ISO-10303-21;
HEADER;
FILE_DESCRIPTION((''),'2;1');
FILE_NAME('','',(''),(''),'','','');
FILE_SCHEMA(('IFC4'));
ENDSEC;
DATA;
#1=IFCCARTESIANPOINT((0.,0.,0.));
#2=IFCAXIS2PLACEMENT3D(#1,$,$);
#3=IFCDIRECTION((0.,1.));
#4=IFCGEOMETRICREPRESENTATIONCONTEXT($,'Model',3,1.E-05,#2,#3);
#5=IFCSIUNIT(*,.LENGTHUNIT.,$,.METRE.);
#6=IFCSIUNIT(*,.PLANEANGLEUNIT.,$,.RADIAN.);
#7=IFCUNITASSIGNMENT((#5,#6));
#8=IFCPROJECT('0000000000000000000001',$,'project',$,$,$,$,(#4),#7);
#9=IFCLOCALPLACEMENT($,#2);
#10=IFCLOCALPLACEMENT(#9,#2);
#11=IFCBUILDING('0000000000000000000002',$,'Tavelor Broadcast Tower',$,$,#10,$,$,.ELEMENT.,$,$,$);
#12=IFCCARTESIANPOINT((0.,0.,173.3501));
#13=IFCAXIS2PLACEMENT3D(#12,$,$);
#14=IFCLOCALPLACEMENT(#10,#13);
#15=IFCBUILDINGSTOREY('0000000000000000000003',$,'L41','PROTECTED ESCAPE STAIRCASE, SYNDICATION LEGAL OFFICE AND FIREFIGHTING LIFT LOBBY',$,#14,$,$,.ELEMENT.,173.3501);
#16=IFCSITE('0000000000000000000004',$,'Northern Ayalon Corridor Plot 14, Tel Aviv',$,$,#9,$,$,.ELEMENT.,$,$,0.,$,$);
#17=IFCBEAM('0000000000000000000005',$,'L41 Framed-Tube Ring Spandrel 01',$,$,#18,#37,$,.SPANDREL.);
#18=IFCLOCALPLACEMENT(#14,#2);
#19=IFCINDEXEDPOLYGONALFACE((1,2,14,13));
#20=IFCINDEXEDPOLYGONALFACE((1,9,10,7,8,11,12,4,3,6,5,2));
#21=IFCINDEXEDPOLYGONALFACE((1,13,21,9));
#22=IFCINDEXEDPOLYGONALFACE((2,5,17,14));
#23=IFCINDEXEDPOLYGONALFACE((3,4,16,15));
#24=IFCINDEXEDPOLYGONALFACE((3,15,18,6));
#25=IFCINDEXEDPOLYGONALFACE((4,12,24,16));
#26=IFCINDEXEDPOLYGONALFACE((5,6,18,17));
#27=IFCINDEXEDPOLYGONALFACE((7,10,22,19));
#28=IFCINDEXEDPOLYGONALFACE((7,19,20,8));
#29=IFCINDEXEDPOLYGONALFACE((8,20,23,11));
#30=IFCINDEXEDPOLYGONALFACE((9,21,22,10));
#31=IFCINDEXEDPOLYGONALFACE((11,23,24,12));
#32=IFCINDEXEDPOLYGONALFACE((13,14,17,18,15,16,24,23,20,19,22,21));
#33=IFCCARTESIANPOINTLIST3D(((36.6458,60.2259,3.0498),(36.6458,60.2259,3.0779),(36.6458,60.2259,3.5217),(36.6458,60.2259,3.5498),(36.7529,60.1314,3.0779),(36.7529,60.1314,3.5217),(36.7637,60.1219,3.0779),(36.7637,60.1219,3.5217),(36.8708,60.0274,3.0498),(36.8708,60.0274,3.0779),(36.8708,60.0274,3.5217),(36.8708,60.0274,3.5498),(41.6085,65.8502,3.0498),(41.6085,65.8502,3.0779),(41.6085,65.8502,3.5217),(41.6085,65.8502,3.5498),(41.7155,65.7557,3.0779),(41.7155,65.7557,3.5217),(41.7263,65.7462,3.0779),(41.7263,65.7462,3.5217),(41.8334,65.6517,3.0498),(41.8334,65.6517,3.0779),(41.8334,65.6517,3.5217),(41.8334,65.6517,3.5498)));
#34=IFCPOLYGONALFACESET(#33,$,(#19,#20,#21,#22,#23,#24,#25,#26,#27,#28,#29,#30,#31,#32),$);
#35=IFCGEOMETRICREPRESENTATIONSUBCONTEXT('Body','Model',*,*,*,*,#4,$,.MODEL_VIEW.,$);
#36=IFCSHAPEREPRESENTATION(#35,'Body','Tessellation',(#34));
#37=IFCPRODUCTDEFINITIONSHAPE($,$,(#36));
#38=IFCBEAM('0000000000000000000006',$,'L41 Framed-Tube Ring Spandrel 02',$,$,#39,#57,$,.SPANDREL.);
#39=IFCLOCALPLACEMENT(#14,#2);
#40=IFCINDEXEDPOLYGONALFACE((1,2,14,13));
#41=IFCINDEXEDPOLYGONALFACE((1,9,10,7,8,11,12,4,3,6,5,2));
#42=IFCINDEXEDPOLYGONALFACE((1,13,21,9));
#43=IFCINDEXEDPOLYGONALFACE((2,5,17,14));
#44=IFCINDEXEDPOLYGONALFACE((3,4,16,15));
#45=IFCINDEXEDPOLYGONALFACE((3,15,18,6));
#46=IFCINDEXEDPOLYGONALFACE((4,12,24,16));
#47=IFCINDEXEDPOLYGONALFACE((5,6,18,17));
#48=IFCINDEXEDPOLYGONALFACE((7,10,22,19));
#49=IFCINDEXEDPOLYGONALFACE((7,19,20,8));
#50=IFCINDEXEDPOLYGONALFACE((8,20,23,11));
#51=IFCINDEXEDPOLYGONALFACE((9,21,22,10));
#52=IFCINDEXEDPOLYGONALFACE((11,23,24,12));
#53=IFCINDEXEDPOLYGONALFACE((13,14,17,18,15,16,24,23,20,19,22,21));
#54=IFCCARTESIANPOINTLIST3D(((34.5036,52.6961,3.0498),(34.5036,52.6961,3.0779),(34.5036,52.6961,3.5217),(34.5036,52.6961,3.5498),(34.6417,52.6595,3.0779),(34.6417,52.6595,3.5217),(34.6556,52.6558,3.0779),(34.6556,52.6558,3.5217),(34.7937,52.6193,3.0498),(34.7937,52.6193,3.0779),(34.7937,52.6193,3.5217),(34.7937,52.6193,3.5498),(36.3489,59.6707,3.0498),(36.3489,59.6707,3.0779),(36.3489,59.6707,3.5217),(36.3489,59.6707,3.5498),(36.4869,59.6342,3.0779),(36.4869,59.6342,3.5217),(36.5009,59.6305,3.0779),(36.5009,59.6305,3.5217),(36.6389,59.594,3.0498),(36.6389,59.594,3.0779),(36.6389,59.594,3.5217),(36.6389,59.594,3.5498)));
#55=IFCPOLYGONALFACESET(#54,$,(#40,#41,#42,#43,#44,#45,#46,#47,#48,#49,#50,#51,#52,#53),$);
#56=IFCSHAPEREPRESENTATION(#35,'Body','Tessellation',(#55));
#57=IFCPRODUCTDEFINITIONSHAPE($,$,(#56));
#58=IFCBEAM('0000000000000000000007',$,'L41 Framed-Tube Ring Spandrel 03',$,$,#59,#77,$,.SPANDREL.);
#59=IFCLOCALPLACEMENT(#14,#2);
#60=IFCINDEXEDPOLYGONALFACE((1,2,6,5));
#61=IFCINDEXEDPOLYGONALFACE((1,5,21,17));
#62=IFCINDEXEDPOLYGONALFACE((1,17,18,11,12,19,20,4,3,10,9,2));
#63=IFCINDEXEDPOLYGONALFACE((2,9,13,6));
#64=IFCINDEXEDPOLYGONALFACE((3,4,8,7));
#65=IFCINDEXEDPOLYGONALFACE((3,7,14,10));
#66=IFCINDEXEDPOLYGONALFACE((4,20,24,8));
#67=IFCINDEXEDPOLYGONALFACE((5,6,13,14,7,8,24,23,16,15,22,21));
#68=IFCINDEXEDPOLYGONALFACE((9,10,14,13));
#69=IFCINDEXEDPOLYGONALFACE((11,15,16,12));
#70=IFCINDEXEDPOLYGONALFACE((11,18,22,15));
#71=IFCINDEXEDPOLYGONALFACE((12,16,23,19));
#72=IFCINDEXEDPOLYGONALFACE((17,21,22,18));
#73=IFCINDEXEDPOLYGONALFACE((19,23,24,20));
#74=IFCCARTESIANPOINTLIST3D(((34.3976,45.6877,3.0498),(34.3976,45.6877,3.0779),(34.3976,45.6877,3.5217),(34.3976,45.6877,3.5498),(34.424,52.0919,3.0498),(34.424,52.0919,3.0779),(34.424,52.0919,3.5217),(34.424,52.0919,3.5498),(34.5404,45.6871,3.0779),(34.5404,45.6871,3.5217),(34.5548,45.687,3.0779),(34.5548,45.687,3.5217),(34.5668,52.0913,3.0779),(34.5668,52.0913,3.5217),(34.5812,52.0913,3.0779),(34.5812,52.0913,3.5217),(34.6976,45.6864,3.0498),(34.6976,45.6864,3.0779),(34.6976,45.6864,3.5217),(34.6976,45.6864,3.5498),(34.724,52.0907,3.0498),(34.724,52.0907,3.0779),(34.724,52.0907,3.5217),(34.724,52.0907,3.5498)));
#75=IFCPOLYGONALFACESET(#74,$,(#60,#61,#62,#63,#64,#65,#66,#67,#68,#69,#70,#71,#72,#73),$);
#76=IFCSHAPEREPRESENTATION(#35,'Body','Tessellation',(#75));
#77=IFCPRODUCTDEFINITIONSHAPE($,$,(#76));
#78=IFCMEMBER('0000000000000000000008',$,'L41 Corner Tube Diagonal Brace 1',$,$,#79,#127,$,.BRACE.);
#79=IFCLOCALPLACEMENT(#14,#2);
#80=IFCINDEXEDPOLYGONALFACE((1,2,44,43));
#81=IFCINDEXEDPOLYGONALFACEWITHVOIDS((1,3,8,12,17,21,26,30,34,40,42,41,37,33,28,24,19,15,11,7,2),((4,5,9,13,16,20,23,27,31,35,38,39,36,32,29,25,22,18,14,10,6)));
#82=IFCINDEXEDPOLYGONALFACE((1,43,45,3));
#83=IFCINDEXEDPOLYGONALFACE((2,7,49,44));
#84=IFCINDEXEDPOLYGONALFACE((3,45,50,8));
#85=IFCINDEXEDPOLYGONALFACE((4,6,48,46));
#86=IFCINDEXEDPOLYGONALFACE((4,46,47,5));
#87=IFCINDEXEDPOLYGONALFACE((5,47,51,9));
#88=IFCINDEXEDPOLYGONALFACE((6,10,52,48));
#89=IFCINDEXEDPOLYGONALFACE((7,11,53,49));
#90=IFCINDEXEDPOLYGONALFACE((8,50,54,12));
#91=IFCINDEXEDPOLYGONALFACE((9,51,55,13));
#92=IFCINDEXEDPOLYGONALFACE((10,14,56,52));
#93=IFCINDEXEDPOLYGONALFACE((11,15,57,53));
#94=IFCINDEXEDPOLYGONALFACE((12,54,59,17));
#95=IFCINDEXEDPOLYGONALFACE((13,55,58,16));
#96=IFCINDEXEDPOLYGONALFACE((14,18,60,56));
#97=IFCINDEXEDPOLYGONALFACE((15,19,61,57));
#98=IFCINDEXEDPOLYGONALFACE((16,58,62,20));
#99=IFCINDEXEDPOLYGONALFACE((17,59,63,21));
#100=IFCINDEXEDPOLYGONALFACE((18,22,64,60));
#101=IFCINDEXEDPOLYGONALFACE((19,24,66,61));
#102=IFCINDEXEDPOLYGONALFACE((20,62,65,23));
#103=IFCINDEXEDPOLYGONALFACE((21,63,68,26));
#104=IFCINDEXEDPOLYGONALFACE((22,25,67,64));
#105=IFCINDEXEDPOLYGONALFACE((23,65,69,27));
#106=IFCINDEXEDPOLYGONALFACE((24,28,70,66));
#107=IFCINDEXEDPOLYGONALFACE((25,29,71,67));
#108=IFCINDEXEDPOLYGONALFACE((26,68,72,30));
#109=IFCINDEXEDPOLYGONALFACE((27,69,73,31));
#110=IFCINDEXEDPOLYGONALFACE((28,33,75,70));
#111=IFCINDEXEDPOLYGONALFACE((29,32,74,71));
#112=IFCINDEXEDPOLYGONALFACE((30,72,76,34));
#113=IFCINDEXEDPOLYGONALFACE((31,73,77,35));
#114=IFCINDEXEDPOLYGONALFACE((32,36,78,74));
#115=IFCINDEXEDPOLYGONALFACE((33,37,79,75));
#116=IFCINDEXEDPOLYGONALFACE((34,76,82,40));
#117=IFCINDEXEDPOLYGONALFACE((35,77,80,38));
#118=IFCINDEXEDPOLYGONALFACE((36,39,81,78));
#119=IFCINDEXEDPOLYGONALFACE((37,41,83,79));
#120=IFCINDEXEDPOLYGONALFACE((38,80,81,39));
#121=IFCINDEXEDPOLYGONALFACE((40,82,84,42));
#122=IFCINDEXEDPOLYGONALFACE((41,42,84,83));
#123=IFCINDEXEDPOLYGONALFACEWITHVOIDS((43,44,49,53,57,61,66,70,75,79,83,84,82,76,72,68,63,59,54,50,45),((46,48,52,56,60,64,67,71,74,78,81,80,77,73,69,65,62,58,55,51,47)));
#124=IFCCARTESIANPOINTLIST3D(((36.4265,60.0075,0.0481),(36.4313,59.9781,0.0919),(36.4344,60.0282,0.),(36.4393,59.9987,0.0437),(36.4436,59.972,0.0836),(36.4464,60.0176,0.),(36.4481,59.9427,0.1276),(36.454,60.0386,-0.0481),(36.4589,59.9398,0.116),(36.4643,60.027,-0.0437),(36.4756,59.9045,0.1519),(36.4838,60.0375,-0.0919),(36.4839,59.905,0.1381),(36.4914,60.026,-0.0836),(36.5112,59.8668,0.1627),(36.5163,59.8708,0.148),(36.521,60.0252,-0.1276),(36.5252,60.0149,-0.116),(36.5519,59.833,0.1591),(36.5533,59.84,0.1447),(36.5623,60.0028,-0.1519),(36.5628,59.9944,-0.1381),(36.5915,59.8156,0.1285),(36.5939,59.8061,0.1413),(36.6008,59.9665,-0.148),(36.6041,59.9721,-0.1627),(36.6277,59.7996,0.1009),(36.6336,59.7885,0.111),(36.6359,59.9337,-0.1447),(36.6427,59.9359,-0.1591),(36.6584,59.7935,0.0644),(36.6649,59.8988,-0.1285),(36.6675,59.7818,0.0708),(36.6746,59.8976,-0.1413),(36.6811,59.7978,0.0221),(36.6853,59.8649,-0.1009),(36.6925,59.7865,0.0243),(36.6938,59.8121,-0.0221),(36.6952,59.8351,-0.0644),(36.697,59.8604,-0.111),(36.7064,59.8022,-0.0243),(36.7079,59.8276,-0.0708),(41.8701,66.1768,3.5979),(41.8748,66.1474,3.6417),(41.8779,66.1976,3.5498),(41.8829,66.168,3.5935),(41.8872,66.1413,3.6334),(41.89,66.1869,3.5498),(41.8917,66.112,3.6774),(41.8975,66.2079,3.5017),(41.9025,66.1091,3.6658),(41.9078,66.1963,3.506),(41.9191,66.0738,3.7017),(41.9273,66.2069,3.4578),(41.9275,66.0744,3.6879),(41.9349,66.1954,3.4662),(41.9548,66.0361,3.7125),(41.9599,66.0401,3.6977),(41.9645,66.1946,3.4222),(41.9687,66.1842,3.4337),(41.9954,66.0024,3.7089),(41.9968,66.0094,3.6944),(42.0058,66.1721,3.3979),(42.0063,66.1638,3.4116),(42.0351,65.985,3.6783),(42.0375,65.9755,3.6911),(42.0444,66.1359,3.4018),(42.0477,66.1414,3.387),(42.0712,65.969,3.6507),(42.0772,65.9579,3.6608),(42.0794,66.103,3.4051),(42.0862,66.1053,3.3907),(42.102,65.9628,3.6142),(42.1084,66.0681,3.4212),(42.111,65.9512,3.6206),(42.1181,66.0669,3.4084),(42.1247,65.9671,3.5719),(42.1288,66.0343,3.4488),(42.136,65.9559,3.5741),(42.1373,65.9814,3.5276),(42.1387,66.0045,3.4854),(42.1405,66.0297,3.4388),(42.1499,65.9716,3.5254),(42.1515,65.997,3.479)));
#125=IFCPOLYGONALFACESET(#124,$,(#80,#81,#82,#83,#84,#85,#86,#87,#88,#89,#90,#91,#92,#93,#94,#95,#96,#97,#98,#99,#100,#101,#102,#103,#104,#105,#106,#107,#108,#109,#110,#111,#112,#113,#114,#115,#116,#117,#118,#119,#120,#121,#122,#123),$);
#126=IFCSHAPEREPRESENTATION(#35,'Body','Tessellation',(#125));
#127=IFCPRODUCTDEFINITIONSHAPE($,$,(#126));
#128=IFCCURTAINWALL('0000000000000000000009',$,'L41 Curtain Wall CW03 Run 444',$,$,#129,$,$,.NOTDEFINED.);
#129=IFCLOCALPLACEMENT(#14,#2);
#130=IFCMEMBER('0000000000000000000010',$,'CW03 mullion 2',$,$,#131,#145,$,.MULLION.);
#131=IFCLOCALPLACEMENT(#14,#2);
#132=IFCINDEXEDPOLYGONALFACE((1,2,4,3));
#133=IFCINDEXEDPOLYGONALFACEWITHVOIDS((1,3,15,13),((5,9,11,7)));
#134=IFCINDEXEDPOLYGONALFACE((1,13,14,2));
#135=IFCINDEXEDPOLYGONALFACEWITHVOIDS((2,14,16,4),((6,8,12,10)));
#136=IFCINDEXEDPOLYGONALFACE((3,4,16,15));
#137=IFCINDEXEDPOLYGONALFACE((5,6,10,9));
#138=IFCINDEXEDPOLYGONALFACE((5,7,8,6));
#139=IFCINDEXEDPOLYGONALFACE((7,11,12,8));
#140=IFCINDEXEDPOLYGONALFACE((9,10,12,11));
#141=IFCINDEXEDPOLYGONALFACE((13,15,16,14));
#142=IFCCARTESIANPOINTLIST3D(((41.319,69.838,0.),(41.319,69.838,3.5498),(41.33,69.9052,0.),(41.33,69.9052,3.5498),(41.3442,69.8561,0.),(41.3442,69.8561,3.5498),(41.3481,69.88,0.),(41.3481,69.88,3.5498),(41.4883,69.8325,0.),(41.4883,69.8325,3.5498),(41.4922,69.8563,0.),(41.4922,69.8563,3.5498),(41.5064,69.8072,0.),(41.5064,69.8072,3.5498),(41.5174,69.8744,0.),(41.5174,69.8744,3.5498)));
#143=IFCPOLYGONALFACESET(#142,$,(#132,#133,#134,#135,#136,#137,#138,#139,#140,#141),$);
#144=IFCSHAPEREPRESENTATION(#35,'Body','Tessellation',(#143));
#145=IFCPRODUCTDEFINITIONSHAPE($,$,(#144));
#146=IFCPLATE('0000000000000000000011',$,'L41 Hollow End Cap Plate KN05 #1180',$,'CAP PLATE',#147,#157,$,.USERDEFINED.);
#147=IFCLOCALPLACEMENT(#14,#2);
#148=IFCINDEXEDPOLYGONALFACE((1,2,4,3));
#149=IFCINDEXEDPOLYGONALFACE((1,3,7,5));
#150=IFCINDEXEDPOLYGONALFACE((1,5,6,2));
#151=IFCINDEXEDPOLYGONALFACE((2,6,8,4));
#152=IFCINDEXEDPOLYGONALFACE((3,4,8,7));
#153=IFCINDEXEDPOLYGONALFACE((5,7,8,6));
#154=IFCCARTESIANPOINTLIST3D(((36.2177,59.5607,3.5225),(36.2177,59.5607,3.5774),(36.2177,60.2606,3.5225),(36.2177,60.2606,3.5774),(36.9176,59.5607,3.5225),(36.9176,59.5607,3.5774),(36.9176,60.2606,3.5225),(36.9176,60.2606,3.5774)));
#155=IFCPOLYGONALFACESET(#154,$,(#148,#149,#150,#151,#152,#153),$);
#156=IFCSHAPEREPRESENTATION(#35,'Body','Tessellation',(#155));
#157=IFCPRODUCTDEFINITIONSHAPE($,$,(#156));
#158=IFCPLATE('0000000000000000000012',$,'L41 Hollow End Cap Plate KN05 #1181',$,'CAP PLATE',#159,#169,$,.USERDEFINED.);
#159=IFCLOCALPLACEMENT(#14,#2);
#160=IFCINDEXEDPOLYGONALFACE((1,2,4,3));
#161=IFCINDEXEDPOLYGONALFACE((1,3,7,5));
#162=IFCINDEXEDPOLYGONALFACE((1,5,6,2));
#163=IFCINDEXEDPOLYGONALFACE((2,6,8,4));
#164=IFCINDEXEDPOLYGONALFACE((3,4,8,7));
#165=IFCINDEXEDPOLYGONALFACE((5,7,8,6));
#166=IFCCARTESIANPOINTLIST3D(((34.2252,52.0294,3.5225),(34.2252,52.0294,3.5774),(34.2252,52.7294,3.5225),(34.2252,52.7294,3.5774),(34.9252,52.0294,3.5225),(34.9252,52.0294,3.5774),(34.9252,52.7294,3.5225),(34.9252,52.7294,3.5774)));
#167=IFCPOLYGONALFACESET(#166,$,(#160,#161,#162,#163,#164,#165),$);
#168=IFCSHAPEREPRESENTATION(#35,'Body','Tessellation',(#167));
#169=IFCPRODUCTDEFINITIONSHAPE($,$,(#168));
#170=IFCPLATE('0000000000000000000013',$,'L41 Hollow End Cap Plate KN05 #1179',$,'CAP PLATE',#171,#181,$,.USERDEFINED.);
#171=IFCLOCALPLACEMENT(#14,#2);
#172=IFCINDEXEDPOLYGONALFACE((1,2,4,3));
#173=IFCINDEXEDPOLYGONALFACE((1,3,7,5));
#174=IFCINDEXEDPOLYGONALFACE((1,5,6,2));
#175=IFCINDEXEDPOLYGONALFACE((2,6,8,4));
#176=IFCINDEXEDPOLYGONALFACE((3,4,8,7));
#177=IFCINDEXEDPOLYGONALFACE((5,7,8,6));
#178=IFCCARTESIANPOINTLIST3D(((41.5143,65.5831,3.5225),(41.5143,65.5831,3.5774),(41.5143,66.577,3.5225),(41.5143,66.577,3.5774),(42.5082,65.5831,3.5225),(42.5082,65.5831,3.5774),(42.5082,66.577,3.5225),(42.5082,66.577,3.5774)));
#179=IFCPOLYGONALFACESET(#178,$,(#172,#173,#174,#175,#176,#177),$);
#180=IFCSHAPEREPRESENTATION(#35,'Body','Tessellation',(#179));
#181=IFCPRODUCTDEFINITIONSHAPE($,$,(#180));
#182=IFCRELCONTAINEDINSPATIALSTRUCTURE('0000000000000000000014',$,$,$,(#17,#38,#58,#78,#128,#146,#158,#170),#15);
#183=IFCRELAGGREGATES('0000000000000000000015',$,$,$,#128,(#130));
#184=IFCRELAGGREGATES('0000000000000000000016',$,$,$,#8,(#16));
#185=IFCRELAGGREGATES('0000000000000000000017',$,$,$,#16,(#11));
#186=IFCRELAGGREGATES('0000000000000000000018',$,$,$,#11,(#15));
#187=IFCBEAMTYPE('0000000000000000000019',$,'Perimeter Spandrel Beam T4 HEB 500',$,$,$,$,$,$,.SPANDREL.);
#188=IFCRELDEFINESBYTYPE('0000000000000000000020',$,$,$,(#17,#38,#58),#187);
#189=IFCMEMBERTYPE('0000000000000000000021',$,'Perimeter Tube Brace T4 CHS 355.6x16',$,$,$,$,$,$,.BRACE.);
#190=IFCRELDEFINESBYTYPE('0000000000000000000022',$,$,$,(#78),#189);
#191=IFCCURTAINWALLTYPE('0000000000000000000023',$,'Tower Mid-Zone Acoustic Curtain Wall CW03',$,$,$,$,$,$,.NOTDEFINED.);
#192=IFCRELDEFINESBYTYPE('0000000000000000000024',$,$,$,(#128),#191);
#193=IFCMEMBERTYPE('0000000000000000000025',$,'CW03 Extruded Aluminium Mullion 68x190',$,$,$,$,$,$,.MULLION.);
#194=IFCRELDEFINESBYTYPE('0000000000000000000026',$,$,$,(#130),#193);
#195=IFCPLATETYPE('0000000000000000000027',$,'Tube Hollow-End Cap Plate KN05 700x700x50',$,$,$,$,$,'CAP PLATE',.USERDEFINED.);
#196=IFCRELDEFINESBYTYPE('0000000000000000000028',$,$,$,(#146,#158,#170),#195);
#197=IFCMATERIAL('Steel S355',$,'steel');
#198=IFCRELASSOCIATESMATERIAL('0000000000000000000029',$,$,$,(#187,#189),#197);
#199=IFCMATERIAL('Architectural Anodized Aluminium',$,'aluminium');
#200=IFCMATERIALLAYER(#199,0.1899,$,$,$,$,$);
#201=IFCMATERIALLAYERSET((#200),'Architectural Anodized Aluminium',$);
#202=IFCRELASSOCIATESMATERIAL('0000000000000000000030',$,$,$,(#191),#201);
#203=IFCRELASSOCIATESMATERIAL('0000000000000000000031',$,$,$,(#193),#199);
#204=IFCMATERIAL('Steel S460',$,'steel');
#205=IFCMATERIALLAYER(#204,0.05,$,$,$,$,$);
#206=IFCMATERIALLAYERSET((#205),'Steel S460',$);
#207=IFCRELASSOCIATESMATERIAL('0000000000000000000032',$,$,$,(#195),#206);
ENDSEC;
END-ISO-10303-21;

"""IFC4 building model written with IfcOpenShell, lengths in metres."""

from ifc_helpers import new_model, si_unit, direction, frame, origin, origin_2d, place, context, subcontext, project, spatial, rectangle, hollow_rectangle, hollow_circle, i_section, extrude, source, transform, mapped, material, layer, layer_set, material_profile, profile_set, type_object, type_shapes, element, aggregate, save


model = new_model("IFC4")

# Units and contexts
model_context = context("Model", 3, precision=1e-05, world=origin(), true_north=direction((0.0, 1.0)))
body_context = subcontext(model_context, "Body", "Model", "MODEL_VIEW")
ifc_project = project(units=[si_unit("LENGTHUNIT", "METRE"), si_unit("PLANEANGLEUNIT", "RADIAN")], contexts=[model_context])

# Site, building, storey
site_placement = place(None, origin())
site = spatial("IfcSite", under=ifc_project, at=site_placement, Name="Northern Ayalon Corridor Plot 14, Tel Aviv", CompositionType="ELEMENT", RefElevation=0.0)
building_placement = place(site_placement, origin())
building = spatial("IfcBuilding", under=site, at=building_placement, Name="Tavelor Broadcast Tower", CompositionType="ELEMENT")
storey_placement = place(building_placement, frame((0.0, 0.0, 173.3501)))
storey = spatial("IfcBuildingStorey", under=building, at=storey_placement, Name="L41", Description="PROTECTED ESCAPE STAIRCASE, SYNDICATION LEGAL OFFICE AND FIREFIGHTING LIFT LOBBY", CompositionType="ELEMENT", Elevation=173.3501)

# Shared definitions
ifc_material_1 = material(Name="Steel S460", Category="steel")

# Beams
ifc_material_2 = material(Name="Steel S355", Category="steel")
ifc_material_profile_1 = material_profile(ifc_material_2, i_section(OverallWidth=0.3, OverallDepth=0.5, WebThickness=0.0144, FlangeThickness=0.0281, at=origin_2d()), Name="HEB 500")
ifc_profile_set_1 = profile_set([ifc_material_profile_1], Name="Steel S355")
beam_type_1 = type_object("IfcBeamType", Name="Perimeter Spandrel Beam T4 HEB 500", PredefinedType="SPANDREL", material=ifc_profile_set_1)
beam_1_placement = place(storey_placement, frame((41.7209, 65.751, 3.2998), z_axis=(-0.661626, -0.749834, 0.0), x_axis=(0.749834, -0.661626, 0.0)))
element("IfcBeam", 1, at=beam_1_placement, inside=storey, type_object=beam_type_1, Name="L41 Framed-Tube Ring Spandrel 01", PredefinedType="SPANDREL", context=body_context, shape_type="SweptSolid", body=[
    extrude(i_section(OverallWidth=0.3, OverallDepth=0.5, WebThickness=0.0144, FlangeThickness=0.0281, at=origin_2d()), origin(), (0.0, 0.0, 1.0), 7.5007),
])
beam_2_placement = place(storey_placement, frame((36.4939, 59.6323, 3.2998), z_axis=(-0.255762, -0.96674, 0.0), x_axis=(0.96674, -0.255762, 0.0)))
element("IfcBeam", 2, at=beam_2_placement, inside=storey, type_object=beam_type_1, Name="L41 Framed-Tube Ring Spandrel 02", PredefinedType="SPANDREL", context=body_context, shape_type="SweptSolid", body=[
    extrude(i_section(OverallWidth=0.3, OverallDepth=0.5, WebThickness=0.0144, FlangeThickness=0.0281, at=origin_2d()), origin(), (0.0, 0.0, 1.0), 7.2146),
])
beam_3_placement = place(storey_placement, frame((34.574, 52.0913, 3.2998), z_axis=(-0.004117, -0.999992, 0.0), x_axis=(0.999992, -0.004117, 0.0)))
element("IfcBeam", 3, at=beam_3_placement, inside=storey, type_object=beam_type_1, Name="L41 Framed-Tube Ring Spandrel 03", PredefinedType="SPANDREL", context=body_context, shape_type="SweptSolid", body=[
    extrude(i_section(OverallWidth=0.3, OverallDepth=0.5, WebThickness=0.0144, FlangeThickness=0.0281, at=origin_2d()), origin(), (0.0, 0.0, 1.0), 6.4043),
])

# Member
ifc_material_profile_2 = material_profile(ifc_material_2, hollow_circle(Radius=0.1777, WallThickness=0.0161, at=origin_2d()), Name="CHS 355.6x16")
ifc_profile_set_2 = profile_set([ifc_material_profile_2], Name="Steel S355")
member_type_1 = type_object("IfcMemberType", Name="Perimeter Tube Brace T4 CHS 355.6x16", PredefinedType="BRACE", material=ifc_profile_set_2)
member_1_placement = place(storey_placement, frame((36.5676, 59.9106, 0.0), z_axis=(0.607491, 0.688492, 0.396148), x_axis=(-0.749839, 0.661621, 0.0)))
element("IfcMember", 4, at=member_1_placement, inside=storey, type_object=member_type_1, Name="L41 Corner Tube Diagonal Brace 1", PredefinedType="BRACE", context=body_context, shape_type="SweptSolid", body=[
    extrude(hollow_circle(Radius=0.1777, WallThickness=0.0161, at=origin_2d()), origin(), (0.0, 0.0, 1.0), 8.9607),
])

# Curtain wall, member
ifc_material_3 = material(Name="Architectural Anodized Aluminium", Category="aluminium")
ifc_layer_1 = layer(ifc_material_3, 0.1899)
ifc_layer_set_1 = layer_set([ifc_layer_1], Name="Architectural Anodized Aluminium")
curtain_wall_type = type_object("IfcCurtainWallType", Name="Tower Mid-Zone Acoustic Curtain Wall CW03", PredefinedType="NOTDEFINED", material=ifc_layer_set_1)
curtain_wall_placement = place(storey_placement, origin())
curtain_wall = element("IfcCurtainWall", 5, at=curtain_wall_placement, inside=storey, type_object=curtain_wall_type, Name="L41 Curtain Wall CW03 Run 444", PredefinedType="NOTDEFINED")
ifc_material_profile_3 = material_profile(ifc_material_3, hollow_rectangle(XDim=0.0681, YDim=0.1899, WallThickness=0.022, at=origin_2d()), Name="RHS 68x190x22")
ifc_profile_set_3 = profile_set([ifc_material_profile_3], Name="Architectural Anodized Aluminium")
member_type_2 = type_object("IfcMemberType", Name="CW03 Extruded Aluminium Mullion 68x190", PredefinedType="MULLION", material=ifc_profile_set_3)
shared_shape_1 = source(origin(), body_context, "Body", "SweptSolid", [
    extrude(hollow_rectangle(XDim=0.0681, YDim=0.1899, WallThickness=0.022, at=origin_2d()), origin(), (0.0, 0.0, 1.0), 3.5498),
])
type_shapes(member_type_2, [shared_shape_1])
member_2_placement = place(storey_placement, frame((41.4182, 69.8562, 0.0), z_axis=(0.0, 0.0, 1.0), x_axis=(-0.162002, -0.98679, 0.0)))
member_2 = element("IfcMember", 6, at=member_2_placement, type_object=member_type_2, Name="CW03 mullion 2", PredefinedType="MULLION", context=body_context, shape_type="MappedRepresentation", body=[
    mapped(shared_shape_1, transform((0.0, 0.0, 0.0), scale=1.0)),
])
aggregate(curtain_wall, [member_2])

# Plates
ifc_layer_2 = layer(ifc_material_1, 0.05)
ifc_layer_set_2 = layer_set([ifc_layer_2], Name="Steel S460")
plate_type = type_object("IfcPlateType", Name="Tube Hollow-End Cap Plate KN05 700x700x50", ElementType="CAP PLATE", PredefinedType="USERDEFINED", material=ifc_layer_set_2)
shared_shape_2 = source(origin(), body_context, "Body", "SweptSolid", [
    extrude(rectangle(XDim=0.7, YDim=0.7, at=origin_2d()), origin(), (0.0, 0.0, 1.0), 0.0549),
])
for number, where, z_axis, x_axis, name in (
    (7, (36.5676, 59.9106, 3.5225), (0.0, 0.0, 1.0), (1.0, 0.0, 0.0), "L41 Hollow End Cap Plate KN05 #1180"),
    (8, (34.5752, 52.3794, 3.5225), (0.0, 0.0, 1.0), (1.0, 0.0, 0.0), "L41 Hollow End Cap Plate KN05 #1181"),
):
    element("IfcPlate", number, at=place(storey_placement, frame(where, z_axis=z_axis, x_axis=x_axis)), inside=storey, type_object=plate_type, Name=name, ObjectType="CAP PLATE", PredefinedType="USERDEFINED", context=body_context, shape_type="MappedRepresentation", body=[
        mapped(shared_shape_2, transform((0.0, 0.0, 0.0), scale=1.0)),
    ])
shared_shape_3 = source(origin(), body_context, "Body", "SweptSolid", [
    extrude(rectangle(XDim=0.9939, YDim=0.9939, at=origin_2d()), origin(), (0.0, 0.0, 1.0), 0.0549),
])
type_shapes(plate_type, [shared_shape_2, shared_shape_3])
plate_placement = place(storey_placement, frame((42.0112, 66.0801, 3.5225), z_axis=(0.0, 0.0, 1.0), x_axis=(1.0, 0.0, 0.0)))
element("IfcPlate", 9, at=plate_placement, inside=storey, type_object=plate_type, Name="L41 Hollow End Cap Plate KN05 #1179", ObjectType="CAP PLATE", PredefinedType="USERDEFINED", context=body_context, shape_type="MappedRepresentation", body=[
    mapped(shared_shape_3, transform((0.0, 0.0, 0.0), scale=1.0)),
])

save(model, "model.ifc")
